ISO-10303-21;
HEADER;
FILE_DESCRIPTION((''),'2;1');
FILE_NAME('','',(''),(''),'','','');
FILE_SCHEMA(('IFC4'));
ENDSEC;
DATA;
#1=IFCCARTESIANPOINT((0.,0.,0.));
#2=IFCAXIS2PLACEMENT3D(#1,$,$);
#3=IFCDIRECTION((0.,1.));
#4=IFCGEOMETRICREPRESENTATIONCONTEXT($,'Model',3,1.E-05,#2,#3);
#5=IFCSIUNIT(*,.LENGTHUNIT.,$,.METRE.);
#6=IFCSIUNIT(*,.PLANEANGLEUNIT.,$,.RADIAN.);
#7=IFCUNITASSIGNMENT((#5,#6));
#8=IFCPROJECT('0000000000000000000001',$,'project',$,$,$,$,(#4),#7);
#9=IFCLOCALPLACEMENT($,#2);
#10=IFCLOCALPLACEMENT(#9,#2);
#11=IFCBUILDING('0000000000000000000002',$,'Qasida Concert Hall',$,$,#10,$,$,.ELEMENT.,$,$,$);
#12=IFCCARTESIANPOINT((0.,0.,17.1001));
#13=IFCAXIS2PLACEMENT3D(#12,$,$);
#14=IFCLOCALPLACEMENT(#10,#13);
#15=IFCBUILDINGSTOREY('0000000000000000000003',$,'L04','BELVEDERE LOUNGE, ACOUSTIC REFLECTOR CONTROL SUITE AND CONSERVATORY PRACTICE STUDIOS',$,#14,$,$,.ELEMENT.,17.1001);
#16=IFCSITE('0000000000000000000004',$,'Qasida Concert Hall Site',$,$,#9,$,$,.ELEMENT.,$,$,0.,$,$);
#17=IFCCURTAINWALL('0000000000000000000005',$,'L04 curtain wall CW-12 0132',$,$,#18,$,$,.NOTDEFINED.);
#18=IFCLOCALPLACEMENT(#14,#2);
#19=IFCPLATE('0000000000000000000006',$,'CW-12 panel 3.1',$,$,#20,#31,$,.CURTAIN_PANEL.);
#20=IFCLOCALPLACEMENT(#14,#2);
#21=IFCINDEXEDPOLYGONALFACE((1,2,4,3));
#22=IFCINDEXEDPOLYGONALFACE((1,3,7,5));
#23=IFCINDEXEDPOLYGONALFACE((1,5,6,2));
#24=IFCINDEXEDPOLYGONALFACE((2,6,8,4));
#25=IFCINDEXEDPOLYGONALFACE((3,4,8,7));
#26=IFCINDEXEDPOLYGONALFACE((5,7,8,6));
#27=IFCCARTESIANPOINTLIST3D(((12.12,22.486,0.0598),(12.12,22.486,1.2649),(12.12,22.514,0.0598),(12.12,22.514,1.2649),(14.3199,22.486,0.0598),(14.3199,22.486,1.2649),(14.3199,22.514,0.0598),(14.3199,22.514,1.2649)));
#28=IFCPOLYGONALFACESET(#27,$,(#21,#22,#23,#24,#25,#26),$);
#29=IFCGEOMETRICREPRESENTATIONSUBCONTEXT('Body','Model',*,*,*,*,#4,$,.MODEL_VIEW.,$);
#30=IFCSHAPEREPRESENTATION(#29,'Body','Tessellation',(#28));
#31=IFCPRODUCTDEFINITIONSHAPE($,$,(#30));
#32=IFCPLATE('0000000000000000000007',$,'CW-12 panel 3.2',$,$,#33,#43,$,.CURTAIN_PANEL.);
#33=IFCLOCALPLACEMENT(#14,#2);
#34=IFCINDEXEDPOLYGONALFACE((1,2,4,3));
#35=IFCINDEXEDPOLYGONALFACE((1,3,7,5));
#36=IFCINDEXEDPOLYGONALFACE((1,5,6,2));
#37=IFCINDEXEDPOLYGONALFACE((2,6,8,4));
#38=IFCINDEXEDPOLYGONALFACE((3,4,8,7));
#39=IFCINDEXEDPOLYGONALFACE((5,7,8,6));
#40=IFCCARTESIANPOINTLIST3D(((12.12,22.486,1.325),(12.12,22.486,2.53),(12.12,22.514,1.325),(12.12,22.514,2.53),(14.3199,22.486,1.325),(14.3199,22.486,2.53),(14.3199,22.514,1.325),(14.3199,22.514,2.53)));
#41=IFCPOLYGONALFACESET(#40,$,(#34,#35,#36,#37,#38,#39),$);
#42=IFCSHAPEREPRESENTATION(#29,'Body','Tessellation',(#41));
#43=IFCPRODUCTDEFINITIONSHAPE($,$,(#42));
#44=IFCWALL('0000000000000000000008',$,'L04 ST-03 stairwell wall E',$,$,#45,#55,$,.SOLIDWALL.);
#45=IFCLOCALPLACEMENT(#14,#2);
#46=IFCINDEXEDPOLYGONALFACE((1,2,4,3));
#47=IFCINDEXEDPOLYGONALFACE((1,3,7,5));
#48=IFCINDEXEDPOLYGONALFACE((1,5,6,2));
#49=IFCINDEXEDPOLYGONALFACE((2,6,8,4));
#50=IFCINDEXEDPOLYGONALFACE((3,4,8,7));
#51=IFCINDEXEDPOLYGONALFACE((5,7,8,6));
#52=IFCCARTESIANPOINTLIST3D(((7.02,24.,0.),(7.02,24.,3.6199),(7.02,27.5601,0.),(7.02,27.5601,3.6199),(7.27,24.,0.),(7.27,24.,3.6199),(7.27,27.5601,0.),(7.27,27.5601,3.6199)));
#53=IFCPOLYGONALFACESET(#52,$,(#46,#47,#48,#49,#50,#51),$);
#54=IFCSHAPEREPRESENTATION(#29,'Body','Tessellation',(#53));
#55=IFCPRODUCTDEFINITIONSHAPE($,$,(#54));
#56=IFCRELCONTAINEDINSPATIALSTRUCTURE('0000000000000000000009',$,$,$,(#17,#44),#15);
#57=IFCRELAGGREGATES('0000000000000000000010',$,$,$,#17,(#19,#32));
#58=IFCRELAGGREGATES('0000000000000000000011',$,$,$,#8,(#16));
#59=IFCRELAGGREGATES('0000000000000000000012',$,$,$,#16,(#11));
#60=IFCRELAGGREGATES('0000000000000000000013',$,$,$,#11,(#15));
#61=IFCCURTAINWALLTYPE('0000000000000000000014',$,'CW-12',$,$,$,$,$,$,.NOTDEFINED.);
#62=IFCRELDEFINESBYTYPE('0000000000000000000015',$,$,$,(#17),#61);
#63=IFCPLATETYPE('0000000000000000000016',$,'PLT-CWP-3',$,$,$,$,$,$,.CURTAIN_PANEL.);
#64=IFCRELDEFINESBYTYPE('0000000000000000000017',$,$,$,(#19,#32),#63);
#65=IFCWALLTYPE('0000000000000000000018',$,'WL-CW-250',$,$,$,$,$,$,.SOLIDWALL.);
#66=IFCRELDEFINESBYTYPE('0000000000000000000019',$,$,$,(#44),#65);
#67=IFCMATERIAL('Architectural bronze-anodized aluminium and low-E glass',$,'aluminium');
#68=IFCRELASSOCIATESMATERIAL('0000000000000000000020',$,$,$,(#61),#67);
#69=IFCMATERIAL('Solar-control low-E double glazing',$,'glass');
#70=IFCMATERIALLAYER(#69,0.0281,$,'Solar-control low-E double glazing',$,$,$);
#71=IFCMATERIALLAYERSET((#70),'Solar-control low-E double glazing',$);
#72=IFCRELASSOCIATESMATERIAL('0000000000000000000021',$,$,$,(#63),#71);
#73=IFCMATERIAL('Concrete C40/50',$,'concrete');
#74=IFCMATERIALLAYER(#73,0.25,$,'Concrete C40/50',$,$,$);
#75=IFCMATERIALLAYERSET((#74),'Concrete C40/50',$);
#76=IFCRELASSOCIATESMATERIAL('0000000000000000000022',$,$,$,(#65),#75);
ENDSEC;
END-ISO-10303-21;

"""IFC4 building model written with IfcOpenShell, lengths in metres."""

from ifc_helpers import new_model, si_unit, direction, frame, frame_2d, origin, origin_2d, place, context, subcontext, project, spatial, rectangle, extrude, material, layer, layer_set, type_object, element, aggregate, save


model = new_model("IFC4")

# Units and contexts
model_context = context("Model", 3, precision=1e-05, world=origin(), true_north=direction((0.0, 1.0)))
body_context = subcontext(model_context, "Body", "Model", "MODEL_VIEW")
ifc_project = project(units=[si_unit("LENGTHUNIT", "METRE"), si_unit("PLANEANGLEUNIT", "RADIAN")], contexts=[model_context])

# Site, building, storey
site_placement = place(None, origin())
site = spatial("IfcSite", under=ifc_project, at=site_placement, Name="Qasida Concert Hall Site", CompositionType="ELEMENT", RefElevation=0.0)
building_placement = place(site_placement, origin())
building = spatial("IfcBuilding", under=site, at=building_placement, Name="Qasida Concert Hall", CompositionType="ELEMENT")
storey_placement = place(building_placement, frame((0.0, 0.0, 17.1001)))
storey = spatial("IfcBuildingStorey", under=building, at=storey_placement, Name="L04", Description="BELVEDERE LOUNGE, ACOUSTIC REFLECTOR CONTROL SUITE AND CONSERVATORY PRACTICE STUDIOS", CompositionType="ELEMENT", Elevation=17.1001)

# Shared definitions
ifc_material_1 = material(Name="Architectural bronze-anodized aluminium and low-E glass", Category="aluminium")
curtain_wall_type = type_object("IfcCurtainWallType", Name="CW-12", PredefinedType="NOTDEFINED", material=ifc_material_1)

# Curtain wall, plates
curtain_wall_1_placement = place(storey_placement, origin())
curtain_wall_1 = element("IfcCurtainWall", 1, at=curtain_wall_1_placement, inside=storey, type_object=curtain_wall_type, Name="L04 curtain wall CW-12 0132", PredefinedType="NOTDEFINED")
ifc_material_2 = material(Name="Solar-control low-E double glazing", Category="glass")
ifc_layer_1 = layer(ifc_material_2, 0.0281, Name="Solar-control low-E double glazing")
ifc_layer_set_1 = layer_set([ifc_layer_1], Name="Solar-control low-E double glazing")
plate_type = type_object("IfcPlateType", Name="PLT-CWP-3", PredefinedType="CURTAIN_PANEL", material=ifc_layer_set_1)
plate_1_placement = place(storey_placement, frame((13.22, 22.5, 0.0598), z_axis=(0.0, 0.0, 1.0), x_axis=(1.0, 0.0, 0.0)))
plate_1 = element("IfcPlate", 2, at=plate_1_placement, type_object=plate_type, Name="CW-12 panel 3.1", PredefinedType="CURTAIN_PANEL", context=body_context, shape_type="SweptSolid", body=[
    extrude(rectangle(XDim=2.2, YDim=0.0281, at=origin_2d()), origin(), (0.0, 0.0, 1.0), 1.2051),
])
plate_2_placement = place(storey_placement, frame((13.22, 22.5, 1.325), z_axis=(0.0, 0.0, 1.0), x_axis=(1.0, 0.0, 0.0)))
plate_2 = element("IfcPlate", 3, at=plate_2_placement, type_object=plate_type, Name="CW-12 panel 3.2", PredefinedType="CURTAIN_PANEL", context=body_context, shape_type="SweptSolid", body=[
    extrude(rectangle(XDim=2.2, YDim=0.0281, at=origin_2d()), origin(), (0.0, 0.0, 1.0), 1.2051),
])
aggregate(curtain_wall_1, [plate_1, plate_2])

# Wall
ifc_material_3 = material(Name="Concrete C40/50", Category="concrete")
ifc_layer_2 = layer(ifc_material_3, 0.25, Name="Concrete C40/50")
ifc_layer_set_2 = layer_set([ifc_layer_2], Name="Concrete C40/50")
wall_type = type_object("IfcWallType", Name="WL-CW-250", PredefinedType="SOLIDWALL", material=ifc_layer_set_2)
wall_placement = place(storey_placement, frame((7.145, 24.0, 0.0), z_axis=(0.0, 0.0, 1.0), x_axis=(0.0, 1.0, 0.0)))
element("IfcWall", 4, at=wall_placement, inside=storey, type_object=wall_type, Name="L04 ST-03 stairwell wall E", PredefinedType="SOLIDWALL", context=body_context, shape_type="SweptSolid", body=[
    extrude(rectangle(XDim=3.5601, YDim=0.25, at=frame_2d((1.78, 0.0))), origin(), (0.0, 0.0, 1.0), 3.6199),
])

save(model, "model.ifc")
